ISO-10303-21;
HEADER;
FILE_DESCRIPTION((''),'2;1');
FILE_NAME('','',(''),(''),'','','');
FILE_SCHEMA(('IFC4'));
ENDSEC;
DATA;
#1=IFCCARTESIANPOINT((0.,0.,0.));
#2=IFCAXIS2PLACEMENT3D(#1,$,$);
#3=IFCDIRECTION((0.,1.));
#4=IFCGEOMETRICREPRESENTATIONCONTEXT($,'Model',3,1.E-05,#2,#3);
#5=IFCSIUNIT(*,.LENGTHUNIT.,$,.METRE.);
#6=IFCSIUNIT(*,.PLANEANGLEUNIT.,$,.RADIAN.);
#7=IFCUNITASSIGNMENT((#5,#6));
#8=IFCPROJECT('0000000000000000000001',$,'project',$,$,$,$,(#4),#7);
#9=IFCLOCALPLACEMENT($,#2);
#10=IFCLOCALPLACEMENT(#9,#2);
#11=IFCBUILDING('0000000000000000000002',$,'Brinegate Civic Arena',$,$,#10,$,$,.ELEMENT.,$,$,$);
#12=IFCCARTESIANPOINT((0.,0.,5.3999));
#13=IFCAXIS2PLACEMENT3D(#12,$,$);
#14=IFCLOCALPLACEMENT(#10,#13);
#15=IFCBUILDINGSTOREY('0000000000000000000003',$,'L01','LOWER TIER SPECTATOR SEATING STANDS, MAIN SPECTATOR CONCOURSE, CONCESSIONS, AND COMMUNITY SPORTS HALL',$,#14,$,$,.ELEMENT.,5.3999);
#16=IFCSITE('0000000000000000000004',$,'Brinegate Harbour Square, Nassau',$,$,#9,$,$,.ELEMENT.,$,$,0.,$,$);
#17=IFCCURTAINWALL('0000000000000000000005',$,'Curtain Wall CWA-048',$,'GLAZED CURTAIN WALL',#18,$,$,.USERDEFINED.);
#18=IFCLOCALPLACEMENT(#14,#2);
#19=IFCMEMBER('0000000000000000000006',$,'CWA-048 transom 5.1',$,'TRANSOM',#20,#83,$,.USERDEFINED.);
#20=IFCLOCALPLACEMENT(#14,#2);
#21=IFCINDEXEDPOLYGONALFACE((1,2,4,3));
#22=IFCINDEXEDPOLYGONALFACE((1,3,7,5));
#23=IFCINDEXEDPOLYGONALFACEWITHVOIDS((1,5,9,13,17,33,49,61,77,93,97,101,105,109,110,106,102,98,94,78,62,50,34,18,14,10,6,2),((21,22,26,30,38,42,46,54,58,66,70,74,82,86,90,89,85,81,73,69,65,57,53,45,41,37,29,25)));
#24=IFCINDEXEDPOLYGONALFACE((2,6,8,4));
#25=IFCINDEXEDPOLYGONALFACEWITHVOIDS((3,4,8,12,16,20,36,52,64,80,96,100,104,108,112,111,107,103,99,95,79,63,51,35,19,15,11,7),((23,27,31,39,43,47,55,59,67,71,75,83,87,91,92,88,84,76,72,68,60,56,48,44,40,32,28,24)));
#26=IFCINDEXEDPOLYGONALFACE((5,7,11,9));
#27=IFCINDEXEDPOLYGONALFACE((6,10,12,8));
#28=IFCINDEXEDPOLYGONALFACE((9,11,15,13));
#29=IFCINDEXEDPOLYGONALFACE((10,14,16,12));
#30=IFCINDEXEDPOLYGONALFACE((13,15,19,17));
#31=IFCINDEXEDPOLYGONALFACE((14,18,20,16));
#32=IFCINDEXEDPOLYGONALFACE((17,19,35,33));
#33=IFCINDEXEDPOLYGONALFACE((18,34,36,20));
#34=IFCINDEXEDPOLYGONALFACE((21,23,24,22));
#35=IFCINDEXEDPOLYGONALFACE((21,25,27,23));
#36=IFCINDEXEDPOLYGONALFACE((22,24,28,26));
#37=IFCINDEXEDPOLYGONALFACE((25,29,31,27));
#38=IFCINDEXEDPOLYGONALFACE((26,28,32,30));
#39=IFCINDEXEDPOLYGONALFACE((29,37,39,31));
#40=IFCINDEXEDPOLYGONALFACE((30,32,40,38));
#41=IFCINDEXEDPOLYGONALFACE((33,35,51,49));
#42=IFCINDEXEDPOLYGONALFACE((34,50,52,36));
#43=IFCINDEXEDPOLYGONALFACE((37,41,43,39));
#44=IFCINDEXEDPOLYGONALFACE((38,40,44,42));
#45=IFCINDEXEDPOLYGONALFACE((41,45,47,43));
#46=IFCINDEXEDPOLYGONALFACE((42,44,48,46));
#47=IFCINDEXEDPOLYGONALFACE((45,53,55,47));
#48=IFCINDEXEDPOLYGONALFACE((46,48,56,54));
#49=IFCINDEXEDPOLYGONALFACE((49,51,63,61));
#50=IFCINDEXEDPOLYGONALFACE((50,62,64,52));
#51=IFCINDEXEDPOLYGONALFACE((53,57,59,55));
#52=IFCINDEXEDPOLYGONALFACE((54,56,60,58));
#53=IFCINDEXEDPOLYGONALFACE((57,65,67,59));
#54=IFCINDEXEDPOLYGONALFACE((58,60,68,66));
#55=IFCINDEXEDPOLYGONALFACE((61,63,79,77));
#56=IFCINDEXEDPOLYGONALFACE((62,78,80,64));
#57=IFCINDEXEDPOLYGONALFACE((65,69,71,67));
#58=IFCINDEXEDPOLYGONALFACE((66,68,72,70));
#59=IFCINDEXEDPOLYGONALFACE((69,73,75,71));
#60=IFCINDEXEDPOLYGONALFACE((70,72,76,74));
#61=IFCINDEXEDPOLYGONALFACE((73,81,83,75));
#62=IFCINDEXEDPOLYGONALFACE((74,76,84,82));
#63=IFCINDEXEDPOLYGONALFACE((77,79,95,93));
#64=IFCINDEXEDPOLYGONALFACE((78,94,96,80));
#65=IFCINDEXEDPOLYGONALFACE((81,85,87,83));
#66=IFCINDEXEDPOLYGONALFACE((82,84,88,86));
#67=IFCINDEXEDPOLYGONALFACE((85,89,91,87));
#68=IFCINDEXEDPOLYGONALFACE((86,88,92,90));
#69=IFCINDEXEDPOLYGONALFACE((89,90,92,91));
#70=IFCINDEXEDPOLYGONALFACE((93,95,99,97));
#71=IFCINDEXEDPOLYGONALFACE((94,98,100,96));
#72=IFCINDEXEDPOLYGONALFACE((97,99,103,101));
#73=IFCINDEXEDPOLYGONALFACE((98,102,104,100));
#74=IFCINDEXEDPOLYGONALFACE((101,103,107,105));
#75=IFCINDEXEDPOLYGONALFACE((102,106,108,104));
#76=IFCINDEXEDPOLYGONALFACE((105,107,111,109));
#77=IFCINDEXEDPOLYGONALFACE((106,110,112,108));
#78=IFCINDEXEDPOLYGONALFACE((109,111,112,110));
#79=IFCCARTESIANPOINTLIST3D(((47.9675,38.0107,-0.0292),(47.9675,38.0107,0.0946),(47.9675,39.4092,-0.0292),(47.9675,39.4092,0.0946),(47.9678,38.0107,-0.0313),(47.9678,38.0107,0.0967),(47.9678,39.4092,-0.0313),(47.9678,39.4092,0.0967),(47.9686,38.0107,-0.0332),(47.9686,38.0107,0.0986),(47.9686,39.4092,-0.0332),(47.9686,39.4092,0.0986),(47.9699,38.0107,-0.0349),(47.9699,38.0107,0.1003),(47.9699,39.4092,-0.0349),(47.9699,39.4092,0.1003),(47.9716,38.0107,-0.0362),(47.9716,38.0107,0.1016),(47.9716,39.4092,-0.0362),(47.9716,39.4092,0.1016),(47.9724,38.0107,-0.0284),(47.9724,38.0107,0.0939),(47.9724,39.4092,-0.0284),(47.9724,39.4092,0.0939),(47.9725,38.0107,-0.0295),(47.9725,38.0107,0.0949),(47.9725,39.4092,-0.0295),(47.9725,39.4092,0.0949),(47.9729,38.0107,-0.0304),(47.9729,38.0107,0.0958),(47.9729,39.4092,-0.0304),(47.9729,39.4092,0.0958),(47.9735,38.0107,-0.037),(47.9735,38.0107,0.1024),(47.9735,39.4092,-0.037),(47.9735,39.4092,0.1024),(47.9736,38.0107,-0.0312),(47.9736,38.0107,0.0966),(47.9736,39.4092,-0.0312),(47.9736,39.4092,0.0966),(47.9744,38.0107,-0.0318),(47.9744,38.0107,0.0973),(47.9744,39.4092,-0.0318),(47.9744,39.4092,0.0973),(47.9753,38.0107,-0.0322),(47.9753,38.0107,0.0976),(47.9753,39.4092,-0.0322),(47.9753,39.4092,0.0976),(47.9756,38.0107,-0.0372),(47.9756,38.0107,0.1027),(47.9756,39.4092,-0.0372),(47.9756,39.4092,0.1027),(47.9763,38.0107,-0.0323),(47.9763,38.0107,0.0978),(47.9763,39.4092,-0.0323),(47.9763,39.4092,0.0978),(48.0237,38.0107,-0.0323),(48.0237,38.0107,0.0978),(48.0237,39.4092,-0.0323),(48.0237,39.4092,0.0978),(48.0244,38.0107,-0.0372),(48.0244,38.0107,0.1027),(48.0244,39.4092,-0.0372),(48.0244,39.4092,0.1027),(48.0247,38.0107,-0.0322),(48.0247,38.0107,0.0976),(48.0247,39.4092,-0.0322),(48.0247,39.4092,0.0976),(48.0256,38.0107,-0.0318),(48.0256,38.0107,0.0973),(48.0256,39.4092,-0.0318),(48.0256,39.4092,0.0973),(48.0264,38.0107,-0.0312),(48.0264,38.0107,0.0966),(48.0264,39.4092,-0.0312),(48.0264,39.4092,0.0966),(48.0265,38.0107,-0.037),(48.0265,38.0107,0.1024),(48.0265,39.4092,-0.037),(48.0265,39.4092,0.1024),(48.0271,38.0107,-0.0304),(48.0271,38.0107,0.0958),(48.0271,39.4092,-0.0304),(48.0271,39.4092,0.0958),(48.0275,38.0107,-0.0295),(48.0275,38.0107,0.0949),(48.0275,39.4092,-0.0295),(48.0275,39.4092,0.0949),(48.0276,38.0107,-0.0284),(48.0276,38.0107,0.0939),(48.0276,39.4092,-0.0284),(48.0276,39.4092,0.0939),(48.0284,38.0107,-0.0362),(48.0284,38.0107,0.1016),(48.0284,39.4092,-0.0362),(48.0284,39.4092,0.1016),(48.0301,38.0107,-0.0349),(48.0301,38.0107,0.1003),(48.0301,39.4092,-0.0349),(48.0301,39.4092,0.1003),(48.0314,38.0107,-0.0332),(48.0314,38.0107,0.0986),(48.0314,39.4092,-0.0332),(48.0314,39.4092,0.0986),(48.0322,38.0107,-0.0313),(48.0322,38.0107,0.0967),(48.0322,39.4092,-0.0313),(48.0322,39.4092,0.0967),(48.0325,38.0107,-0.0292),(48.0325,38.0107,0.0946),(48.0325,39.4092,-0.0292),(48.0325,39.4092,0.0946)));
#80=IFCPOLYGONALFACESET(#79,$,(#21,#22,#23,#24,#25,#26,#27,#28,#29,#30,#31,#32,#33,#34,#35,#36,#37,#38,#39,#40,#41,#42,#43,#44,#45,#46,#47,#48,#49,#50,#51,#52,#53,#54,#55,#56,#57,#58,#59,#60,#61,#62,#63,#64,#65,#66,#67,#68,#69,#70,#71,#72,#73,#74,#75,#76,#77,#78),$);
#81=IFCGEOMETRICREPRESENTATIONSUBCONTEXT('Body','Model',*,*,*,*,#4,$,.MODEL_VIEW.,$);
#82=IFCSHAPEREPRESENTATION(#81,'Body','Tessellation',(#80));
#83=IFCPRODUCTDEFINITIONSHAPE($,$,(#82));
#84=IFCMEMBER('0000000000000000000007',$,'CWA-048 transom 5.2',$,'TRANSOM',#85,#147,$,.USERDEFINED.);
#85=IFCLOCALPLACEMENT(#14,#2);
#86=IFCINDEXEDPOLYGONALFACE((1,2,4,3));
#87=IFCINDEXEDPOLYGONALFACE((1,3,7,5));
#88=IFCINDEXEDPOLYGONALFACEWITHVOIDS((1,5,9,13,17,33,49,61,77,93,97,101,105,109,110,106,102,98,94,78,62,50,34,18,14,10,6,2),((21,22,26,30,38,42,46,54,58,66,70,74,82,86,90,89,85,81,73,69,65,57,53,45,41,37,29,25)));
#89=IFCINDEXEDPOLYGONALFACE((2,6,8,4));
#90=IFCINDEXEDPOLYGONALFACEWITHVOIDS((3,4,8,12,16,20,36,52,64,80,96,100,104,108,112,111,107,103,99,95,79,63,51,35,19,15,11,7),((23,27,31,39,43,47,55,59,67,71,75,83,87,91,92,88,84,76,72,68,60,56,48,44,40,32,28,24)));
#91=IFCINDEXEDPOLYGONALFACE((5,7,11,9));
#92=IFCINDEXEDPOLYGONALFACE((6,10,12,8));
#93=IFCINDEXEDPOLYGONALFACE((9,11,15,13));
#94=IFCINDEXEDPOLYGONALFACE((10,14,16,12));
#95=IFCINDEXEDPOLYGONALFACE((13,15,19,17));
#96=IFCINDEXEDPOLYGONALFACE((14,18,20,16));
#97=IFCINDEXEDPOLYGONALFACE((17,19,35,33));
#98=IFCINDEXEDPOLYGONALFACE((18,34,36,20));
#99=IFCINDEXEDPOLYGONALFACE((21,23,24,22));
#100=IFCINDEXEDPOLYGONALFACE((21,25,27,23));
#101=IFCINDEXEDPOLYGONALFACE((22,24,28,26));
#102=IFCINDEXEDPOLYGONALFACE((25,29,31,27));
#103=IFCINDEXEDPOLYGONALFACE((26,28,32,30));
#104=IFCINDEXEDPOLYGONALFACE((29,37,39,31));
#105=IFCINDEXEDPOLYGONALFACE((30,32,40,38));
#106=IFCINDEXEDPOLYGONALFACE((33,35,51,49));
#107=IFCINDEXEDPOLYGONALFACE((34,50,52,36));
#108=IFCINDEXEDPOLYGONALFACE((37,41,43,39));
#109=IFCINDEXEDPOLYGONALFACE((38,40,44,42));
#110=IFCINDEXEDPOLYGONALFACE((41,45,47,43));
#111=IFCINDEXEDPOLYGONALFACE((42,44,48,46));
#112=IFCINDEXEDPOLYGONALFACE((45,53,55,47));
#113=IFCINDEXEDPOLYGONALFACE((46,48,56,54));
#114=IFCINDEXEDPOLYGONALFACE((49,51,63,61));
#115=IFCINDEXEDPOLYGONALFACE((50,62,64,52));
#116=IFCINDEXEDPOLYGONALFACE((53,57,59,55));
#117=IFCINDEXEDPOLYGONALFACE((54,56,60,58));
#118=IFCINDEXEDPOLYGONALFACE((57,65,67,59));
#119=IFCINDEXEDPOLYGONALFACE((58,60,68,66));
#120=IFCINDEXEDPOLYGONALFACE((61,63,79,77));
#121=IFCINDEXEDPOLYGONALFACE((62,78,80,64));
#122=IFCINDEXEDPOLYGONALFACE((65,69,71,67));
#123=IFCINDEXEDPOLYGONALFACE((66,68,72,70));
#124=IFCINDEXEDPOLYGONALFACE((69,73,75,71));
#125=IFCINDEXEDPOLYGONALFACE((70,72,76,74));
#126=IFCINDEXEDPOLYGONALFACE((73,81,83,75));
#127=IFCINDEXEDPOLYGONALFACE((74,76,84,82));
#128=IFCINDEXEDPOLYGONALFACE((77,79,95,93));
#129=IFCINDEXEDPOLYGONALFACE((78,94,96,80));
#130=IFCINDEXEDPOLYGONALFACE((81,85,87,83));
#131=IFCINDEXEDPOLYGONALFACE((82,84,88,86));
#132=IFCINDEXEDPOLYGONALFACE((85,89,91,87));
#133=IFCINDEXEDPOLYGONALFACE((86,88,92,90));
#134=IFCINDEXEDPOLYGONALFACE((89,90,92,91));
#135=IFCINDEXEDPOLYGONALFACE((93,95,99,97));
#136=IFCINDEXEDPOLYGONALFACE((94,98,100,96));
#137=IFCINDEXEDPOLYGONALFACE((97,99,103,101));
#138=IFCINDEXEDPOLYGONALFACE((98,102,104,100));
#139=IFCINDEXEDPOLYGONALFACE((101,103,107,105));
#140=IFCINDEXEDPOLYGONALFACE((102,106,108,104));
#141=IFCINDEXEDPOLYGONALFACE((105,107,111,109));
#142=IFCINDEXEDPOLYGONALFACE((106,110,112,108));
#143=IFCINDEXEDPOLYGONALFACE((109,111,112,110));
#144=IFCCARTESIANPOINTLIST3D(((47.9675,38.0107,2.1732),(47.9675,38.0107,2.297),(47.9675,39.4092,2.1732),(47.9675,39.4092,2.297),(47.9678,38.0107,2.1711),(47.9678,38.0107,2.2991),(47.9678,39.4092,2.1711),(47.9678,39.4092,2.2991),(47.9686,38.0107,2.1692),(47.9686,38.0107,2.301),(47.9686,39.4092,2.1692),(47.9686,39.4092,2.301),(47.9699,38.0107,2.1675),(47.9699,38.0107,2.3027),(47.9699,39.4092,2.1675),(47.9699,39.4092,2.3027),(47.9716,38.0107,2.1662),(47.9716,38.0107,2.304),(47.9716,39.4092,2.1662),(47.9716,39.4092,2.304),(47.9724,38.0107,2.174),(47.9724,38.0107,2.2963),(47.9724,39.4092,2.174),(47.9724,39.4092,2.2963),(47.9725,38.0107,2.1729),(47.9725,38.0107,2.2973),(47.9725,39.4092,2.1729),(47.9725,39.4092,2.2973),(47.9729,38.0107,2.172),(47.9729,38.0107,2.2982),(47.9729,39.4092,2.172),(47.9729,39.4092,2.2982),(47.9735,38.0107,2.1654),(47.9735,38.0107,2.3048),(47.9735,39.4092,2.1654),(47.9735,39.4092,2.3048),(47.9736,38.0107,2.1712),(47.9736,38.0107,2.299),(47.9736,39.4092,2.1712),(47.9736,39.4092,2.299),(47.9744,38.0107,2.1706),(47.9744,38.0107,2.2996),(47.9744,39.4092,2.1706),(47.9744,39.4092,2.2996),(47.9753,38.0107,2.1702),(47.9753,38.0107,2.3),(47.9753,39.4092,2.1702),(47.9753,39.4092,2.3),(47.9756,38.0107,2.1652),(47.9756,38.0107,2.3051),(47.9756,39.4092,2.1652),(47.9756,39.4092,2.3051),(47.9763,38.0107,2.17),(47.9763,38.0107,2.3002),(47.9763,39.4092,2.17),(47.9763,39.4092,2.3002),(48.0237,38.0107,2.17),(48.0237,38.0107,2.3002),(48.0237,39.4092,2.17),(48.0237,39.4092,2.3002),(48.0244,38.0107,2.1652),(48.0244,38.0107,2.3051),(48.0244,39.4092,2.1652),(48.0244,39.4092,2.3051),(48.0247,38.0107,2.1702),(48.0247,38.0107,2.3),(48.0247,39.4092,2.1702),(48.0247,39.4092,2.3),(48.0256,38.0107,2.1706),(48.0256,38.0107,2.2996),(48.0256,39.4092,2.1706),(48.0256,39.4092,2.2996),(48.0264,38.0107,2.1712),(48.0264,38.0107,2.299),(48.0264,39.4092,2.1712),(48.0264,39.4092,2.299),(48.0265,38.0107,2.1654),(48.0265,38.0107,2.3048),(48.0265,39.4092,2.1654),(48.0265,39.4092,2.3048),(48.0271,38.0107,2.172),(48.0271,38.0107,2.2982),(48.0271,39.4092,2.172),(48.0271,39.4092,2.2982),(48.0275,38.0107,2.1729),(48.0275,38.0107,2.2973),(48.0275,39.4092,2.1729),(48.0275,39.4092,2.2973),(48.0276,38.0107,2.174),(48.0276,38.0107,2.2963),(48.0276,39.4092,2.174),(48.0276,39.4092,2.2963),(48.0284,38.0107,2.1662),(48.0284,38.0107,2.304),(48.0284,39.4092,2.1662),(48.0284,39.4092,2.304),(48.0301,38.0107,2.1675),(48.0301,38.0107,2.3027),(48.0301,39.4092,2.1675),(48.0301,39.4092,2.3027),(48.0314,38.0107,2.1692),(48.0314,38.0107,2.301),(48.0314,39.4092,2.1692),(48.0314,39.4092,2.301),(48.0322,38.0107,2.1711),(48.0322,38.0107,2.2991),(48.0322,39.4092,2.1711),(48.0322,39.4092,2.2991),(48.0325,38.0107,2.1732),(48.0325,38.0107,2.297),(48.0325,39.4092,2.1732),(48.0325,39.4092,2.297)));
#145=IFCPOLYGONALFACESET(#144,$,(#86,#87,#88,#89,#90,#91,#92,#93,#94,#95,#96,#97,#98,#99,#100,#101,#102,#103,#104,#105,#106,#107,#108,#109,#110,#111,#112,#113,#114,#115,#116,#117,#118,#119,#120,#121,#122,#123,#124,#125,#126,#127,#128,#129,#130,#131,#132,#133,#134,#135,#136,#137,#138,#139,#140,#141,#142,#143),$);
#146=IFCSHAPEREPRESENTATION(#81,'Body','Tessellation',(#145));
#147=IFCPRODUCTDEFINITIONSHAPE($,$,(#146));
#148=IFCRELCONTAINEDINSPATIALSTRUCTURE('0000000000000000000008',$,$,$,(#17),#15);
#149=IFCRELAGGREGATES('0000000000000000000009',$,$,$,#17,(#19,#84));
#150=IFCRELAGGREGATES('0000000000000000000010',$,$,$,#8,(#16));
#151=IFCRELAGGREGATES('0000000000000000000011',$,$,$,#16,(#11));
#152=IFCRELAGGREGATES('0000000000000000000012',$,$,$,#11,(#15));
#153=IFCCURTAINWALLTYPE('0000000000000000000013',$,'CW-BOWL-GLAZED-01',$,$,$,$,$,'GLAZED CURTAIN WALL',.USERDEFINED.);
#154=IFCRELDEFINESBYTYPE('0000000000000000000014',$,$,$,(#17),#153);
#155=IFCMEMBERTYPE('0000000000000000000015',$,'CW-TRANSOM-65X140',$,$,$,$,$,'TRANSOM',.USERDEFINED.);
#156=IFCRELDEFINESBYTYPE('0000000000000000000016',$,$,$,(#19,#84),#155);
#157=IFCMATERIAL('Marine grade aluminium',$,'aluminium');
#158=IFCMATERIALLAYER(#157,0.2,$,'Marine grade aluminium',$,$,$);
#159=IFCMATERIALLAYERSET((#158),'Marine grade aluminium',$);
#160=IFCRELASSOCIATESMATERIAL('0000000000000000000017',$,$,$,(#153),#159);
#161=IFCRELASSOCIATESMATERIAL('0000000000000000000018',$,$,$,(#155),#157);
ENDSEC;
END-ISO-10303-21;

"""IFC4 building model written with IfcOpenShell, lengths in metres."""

from ifc_helpers import new_model, si_unit, direction, frame, origin, origin_2d, place, context, subcontext, project, spatial, hollow_rectangle, extrude, material, layer, layer_set, material_profile, profile_set, type_object, element, aggregate, save


model = new_model("IFC4")

# Units and contexts
model_context = context("Model", 3, precision=1e-05, world=origin(), true_north=direction((0.0, 1.0)))
body_context = subcontext(model_context, "Body", "Model", "MODEL_VIEW")
ifc_project = project(units=[si_unit("LENGTHUNIT", "METRE"), si_unit("PLANEANGLEUNIT", "RADIAN")], contexts=[model_context])

# Site, building, storey
site_placement = place(None, origin())
site = spatial("IfcSite", under=ifc_project, at=site_placement, Name="Brinegate Harbour Square, Nassau", CompositionType="ELEMENT", RefElevation=0.0)
building_placement = place(site_placement, origin())
building = spatial("IfcBuilding", under=site, at=building_placement, Name="Brinegate Civic Arena", CompositionType="ELEMENT")
storey_placement = place(building_placement, frame((0.0, 0.0, 5.3999)))
storey = spatial("IfcBuildingStorey", under=building, at=storey_placement, Name="L01", Description="LOWER TIER SPECTATOR SEATING STANDS, MAIN SPECTATOR CONCOURSE, CONCESSIONS, AND COMMUNITY SPORTS HALL", CompositionType="ELEMENT", Elevation=5.3999)

# Curtain wall, members
ifc_material_1 = material(Name="Marine grade aluminium", Category="aluminium")
ifc_layer_1 = layer(ifc_material_1, 0.2, Name="Marine grade aluminium")
ifc_layer_set_1 = layer_set([ifc_layer_1], Name="Marine grade aluminium")
curtain_wall_type = type_object("IfcCurtainWallType", Name="CW-BOWL-GLAZED-01", ElementType="GLAZED CURTAIN WALL", PredefinedType="USERDEFINED", material=ifc_layer_set_1)
curtain_wall_placement = place(storey_placement, origin())
curtain_wall = element("IfcCurtainWall", 1, at=curtain_wall_placement, inside=storey, type_object=curtain_wall_type, Name="Curtain Wall CWA-048", ObjectType="GLAZED CURTAIN WALL", PredefinedType="USERDEFINED")
ifc_material_profile_1 = material_profile(ifc_material_1, hollow_rectangle(XDim=0.0649, YDim=0.1399, WallThickness=0.0049, InnerFilletRadius=0.0039, OuterFilletRadius=0.0081, at=origin_2d()), Name="TRN65X140")
ifc_profile_set_1 = profile_set([ifc_material_profile_1], Name="Marine grade aluminium")
member_type_1 = type_object("IfcMemberType", Name="CW-TRANSOM-65X140", ElementType="TRANSOM", PredefinedType="USERDEFINED", material=ifc_profile_set_1)
member_1_placement = place(storey_placement, frame((48.0, 38.0107, 0.0327), z_axis=(0.0, 1.0, 0.0), x_axis=(-1.0, 0.0, 0.0)))
member_1 = element("IfcMember", 2, at=member_1_placement, type_object=member_type_1, Name="CWA-048 transom 5.1", ObjectType="TRANSOM", PredefinedType="USERDEFINED", context=body_context, shape_type="SweptSolid", body=[
    extrude(hollow_rectangle(XDim=0.0649, YDim=0.1399, WallThickness=0.0049, InnerFilletRadius=0.0039, OuterFilletRadius=0.0081, at=origin_2d()), origin(), (0.0, 0.0, 1.0), 1.3984),
])
member_2_placement = place(storey_placement, frame((48.0, 38.0107, 2.2351), z_axis=(0.0, 1.0, 0.0), x_axis=(-1.0, 0.0, 0.0)))
member_2 = element("IfcMember", 3, at=member_2_placement, type_object=member_type_1, Name="CWA-048 transom 5.2", ObjectType="TRANSOM", PredefinedType="USERDEFINED", context=body_context, shape_type="SweptSolid", body=[
    extrude(hollow_rectangle(XDim=0.0649, YDim=0.1399, WallThickness=0.0049, InnerFilletRadius=0.0039, OuterFilletRadius=0.0081, at=origin_2d()), origin(), (0.0, 0.0, 1.0), 1.3984),
])
aggregate(curtain_wall, [member_1, member_2])

save(model, "model.ifc")
